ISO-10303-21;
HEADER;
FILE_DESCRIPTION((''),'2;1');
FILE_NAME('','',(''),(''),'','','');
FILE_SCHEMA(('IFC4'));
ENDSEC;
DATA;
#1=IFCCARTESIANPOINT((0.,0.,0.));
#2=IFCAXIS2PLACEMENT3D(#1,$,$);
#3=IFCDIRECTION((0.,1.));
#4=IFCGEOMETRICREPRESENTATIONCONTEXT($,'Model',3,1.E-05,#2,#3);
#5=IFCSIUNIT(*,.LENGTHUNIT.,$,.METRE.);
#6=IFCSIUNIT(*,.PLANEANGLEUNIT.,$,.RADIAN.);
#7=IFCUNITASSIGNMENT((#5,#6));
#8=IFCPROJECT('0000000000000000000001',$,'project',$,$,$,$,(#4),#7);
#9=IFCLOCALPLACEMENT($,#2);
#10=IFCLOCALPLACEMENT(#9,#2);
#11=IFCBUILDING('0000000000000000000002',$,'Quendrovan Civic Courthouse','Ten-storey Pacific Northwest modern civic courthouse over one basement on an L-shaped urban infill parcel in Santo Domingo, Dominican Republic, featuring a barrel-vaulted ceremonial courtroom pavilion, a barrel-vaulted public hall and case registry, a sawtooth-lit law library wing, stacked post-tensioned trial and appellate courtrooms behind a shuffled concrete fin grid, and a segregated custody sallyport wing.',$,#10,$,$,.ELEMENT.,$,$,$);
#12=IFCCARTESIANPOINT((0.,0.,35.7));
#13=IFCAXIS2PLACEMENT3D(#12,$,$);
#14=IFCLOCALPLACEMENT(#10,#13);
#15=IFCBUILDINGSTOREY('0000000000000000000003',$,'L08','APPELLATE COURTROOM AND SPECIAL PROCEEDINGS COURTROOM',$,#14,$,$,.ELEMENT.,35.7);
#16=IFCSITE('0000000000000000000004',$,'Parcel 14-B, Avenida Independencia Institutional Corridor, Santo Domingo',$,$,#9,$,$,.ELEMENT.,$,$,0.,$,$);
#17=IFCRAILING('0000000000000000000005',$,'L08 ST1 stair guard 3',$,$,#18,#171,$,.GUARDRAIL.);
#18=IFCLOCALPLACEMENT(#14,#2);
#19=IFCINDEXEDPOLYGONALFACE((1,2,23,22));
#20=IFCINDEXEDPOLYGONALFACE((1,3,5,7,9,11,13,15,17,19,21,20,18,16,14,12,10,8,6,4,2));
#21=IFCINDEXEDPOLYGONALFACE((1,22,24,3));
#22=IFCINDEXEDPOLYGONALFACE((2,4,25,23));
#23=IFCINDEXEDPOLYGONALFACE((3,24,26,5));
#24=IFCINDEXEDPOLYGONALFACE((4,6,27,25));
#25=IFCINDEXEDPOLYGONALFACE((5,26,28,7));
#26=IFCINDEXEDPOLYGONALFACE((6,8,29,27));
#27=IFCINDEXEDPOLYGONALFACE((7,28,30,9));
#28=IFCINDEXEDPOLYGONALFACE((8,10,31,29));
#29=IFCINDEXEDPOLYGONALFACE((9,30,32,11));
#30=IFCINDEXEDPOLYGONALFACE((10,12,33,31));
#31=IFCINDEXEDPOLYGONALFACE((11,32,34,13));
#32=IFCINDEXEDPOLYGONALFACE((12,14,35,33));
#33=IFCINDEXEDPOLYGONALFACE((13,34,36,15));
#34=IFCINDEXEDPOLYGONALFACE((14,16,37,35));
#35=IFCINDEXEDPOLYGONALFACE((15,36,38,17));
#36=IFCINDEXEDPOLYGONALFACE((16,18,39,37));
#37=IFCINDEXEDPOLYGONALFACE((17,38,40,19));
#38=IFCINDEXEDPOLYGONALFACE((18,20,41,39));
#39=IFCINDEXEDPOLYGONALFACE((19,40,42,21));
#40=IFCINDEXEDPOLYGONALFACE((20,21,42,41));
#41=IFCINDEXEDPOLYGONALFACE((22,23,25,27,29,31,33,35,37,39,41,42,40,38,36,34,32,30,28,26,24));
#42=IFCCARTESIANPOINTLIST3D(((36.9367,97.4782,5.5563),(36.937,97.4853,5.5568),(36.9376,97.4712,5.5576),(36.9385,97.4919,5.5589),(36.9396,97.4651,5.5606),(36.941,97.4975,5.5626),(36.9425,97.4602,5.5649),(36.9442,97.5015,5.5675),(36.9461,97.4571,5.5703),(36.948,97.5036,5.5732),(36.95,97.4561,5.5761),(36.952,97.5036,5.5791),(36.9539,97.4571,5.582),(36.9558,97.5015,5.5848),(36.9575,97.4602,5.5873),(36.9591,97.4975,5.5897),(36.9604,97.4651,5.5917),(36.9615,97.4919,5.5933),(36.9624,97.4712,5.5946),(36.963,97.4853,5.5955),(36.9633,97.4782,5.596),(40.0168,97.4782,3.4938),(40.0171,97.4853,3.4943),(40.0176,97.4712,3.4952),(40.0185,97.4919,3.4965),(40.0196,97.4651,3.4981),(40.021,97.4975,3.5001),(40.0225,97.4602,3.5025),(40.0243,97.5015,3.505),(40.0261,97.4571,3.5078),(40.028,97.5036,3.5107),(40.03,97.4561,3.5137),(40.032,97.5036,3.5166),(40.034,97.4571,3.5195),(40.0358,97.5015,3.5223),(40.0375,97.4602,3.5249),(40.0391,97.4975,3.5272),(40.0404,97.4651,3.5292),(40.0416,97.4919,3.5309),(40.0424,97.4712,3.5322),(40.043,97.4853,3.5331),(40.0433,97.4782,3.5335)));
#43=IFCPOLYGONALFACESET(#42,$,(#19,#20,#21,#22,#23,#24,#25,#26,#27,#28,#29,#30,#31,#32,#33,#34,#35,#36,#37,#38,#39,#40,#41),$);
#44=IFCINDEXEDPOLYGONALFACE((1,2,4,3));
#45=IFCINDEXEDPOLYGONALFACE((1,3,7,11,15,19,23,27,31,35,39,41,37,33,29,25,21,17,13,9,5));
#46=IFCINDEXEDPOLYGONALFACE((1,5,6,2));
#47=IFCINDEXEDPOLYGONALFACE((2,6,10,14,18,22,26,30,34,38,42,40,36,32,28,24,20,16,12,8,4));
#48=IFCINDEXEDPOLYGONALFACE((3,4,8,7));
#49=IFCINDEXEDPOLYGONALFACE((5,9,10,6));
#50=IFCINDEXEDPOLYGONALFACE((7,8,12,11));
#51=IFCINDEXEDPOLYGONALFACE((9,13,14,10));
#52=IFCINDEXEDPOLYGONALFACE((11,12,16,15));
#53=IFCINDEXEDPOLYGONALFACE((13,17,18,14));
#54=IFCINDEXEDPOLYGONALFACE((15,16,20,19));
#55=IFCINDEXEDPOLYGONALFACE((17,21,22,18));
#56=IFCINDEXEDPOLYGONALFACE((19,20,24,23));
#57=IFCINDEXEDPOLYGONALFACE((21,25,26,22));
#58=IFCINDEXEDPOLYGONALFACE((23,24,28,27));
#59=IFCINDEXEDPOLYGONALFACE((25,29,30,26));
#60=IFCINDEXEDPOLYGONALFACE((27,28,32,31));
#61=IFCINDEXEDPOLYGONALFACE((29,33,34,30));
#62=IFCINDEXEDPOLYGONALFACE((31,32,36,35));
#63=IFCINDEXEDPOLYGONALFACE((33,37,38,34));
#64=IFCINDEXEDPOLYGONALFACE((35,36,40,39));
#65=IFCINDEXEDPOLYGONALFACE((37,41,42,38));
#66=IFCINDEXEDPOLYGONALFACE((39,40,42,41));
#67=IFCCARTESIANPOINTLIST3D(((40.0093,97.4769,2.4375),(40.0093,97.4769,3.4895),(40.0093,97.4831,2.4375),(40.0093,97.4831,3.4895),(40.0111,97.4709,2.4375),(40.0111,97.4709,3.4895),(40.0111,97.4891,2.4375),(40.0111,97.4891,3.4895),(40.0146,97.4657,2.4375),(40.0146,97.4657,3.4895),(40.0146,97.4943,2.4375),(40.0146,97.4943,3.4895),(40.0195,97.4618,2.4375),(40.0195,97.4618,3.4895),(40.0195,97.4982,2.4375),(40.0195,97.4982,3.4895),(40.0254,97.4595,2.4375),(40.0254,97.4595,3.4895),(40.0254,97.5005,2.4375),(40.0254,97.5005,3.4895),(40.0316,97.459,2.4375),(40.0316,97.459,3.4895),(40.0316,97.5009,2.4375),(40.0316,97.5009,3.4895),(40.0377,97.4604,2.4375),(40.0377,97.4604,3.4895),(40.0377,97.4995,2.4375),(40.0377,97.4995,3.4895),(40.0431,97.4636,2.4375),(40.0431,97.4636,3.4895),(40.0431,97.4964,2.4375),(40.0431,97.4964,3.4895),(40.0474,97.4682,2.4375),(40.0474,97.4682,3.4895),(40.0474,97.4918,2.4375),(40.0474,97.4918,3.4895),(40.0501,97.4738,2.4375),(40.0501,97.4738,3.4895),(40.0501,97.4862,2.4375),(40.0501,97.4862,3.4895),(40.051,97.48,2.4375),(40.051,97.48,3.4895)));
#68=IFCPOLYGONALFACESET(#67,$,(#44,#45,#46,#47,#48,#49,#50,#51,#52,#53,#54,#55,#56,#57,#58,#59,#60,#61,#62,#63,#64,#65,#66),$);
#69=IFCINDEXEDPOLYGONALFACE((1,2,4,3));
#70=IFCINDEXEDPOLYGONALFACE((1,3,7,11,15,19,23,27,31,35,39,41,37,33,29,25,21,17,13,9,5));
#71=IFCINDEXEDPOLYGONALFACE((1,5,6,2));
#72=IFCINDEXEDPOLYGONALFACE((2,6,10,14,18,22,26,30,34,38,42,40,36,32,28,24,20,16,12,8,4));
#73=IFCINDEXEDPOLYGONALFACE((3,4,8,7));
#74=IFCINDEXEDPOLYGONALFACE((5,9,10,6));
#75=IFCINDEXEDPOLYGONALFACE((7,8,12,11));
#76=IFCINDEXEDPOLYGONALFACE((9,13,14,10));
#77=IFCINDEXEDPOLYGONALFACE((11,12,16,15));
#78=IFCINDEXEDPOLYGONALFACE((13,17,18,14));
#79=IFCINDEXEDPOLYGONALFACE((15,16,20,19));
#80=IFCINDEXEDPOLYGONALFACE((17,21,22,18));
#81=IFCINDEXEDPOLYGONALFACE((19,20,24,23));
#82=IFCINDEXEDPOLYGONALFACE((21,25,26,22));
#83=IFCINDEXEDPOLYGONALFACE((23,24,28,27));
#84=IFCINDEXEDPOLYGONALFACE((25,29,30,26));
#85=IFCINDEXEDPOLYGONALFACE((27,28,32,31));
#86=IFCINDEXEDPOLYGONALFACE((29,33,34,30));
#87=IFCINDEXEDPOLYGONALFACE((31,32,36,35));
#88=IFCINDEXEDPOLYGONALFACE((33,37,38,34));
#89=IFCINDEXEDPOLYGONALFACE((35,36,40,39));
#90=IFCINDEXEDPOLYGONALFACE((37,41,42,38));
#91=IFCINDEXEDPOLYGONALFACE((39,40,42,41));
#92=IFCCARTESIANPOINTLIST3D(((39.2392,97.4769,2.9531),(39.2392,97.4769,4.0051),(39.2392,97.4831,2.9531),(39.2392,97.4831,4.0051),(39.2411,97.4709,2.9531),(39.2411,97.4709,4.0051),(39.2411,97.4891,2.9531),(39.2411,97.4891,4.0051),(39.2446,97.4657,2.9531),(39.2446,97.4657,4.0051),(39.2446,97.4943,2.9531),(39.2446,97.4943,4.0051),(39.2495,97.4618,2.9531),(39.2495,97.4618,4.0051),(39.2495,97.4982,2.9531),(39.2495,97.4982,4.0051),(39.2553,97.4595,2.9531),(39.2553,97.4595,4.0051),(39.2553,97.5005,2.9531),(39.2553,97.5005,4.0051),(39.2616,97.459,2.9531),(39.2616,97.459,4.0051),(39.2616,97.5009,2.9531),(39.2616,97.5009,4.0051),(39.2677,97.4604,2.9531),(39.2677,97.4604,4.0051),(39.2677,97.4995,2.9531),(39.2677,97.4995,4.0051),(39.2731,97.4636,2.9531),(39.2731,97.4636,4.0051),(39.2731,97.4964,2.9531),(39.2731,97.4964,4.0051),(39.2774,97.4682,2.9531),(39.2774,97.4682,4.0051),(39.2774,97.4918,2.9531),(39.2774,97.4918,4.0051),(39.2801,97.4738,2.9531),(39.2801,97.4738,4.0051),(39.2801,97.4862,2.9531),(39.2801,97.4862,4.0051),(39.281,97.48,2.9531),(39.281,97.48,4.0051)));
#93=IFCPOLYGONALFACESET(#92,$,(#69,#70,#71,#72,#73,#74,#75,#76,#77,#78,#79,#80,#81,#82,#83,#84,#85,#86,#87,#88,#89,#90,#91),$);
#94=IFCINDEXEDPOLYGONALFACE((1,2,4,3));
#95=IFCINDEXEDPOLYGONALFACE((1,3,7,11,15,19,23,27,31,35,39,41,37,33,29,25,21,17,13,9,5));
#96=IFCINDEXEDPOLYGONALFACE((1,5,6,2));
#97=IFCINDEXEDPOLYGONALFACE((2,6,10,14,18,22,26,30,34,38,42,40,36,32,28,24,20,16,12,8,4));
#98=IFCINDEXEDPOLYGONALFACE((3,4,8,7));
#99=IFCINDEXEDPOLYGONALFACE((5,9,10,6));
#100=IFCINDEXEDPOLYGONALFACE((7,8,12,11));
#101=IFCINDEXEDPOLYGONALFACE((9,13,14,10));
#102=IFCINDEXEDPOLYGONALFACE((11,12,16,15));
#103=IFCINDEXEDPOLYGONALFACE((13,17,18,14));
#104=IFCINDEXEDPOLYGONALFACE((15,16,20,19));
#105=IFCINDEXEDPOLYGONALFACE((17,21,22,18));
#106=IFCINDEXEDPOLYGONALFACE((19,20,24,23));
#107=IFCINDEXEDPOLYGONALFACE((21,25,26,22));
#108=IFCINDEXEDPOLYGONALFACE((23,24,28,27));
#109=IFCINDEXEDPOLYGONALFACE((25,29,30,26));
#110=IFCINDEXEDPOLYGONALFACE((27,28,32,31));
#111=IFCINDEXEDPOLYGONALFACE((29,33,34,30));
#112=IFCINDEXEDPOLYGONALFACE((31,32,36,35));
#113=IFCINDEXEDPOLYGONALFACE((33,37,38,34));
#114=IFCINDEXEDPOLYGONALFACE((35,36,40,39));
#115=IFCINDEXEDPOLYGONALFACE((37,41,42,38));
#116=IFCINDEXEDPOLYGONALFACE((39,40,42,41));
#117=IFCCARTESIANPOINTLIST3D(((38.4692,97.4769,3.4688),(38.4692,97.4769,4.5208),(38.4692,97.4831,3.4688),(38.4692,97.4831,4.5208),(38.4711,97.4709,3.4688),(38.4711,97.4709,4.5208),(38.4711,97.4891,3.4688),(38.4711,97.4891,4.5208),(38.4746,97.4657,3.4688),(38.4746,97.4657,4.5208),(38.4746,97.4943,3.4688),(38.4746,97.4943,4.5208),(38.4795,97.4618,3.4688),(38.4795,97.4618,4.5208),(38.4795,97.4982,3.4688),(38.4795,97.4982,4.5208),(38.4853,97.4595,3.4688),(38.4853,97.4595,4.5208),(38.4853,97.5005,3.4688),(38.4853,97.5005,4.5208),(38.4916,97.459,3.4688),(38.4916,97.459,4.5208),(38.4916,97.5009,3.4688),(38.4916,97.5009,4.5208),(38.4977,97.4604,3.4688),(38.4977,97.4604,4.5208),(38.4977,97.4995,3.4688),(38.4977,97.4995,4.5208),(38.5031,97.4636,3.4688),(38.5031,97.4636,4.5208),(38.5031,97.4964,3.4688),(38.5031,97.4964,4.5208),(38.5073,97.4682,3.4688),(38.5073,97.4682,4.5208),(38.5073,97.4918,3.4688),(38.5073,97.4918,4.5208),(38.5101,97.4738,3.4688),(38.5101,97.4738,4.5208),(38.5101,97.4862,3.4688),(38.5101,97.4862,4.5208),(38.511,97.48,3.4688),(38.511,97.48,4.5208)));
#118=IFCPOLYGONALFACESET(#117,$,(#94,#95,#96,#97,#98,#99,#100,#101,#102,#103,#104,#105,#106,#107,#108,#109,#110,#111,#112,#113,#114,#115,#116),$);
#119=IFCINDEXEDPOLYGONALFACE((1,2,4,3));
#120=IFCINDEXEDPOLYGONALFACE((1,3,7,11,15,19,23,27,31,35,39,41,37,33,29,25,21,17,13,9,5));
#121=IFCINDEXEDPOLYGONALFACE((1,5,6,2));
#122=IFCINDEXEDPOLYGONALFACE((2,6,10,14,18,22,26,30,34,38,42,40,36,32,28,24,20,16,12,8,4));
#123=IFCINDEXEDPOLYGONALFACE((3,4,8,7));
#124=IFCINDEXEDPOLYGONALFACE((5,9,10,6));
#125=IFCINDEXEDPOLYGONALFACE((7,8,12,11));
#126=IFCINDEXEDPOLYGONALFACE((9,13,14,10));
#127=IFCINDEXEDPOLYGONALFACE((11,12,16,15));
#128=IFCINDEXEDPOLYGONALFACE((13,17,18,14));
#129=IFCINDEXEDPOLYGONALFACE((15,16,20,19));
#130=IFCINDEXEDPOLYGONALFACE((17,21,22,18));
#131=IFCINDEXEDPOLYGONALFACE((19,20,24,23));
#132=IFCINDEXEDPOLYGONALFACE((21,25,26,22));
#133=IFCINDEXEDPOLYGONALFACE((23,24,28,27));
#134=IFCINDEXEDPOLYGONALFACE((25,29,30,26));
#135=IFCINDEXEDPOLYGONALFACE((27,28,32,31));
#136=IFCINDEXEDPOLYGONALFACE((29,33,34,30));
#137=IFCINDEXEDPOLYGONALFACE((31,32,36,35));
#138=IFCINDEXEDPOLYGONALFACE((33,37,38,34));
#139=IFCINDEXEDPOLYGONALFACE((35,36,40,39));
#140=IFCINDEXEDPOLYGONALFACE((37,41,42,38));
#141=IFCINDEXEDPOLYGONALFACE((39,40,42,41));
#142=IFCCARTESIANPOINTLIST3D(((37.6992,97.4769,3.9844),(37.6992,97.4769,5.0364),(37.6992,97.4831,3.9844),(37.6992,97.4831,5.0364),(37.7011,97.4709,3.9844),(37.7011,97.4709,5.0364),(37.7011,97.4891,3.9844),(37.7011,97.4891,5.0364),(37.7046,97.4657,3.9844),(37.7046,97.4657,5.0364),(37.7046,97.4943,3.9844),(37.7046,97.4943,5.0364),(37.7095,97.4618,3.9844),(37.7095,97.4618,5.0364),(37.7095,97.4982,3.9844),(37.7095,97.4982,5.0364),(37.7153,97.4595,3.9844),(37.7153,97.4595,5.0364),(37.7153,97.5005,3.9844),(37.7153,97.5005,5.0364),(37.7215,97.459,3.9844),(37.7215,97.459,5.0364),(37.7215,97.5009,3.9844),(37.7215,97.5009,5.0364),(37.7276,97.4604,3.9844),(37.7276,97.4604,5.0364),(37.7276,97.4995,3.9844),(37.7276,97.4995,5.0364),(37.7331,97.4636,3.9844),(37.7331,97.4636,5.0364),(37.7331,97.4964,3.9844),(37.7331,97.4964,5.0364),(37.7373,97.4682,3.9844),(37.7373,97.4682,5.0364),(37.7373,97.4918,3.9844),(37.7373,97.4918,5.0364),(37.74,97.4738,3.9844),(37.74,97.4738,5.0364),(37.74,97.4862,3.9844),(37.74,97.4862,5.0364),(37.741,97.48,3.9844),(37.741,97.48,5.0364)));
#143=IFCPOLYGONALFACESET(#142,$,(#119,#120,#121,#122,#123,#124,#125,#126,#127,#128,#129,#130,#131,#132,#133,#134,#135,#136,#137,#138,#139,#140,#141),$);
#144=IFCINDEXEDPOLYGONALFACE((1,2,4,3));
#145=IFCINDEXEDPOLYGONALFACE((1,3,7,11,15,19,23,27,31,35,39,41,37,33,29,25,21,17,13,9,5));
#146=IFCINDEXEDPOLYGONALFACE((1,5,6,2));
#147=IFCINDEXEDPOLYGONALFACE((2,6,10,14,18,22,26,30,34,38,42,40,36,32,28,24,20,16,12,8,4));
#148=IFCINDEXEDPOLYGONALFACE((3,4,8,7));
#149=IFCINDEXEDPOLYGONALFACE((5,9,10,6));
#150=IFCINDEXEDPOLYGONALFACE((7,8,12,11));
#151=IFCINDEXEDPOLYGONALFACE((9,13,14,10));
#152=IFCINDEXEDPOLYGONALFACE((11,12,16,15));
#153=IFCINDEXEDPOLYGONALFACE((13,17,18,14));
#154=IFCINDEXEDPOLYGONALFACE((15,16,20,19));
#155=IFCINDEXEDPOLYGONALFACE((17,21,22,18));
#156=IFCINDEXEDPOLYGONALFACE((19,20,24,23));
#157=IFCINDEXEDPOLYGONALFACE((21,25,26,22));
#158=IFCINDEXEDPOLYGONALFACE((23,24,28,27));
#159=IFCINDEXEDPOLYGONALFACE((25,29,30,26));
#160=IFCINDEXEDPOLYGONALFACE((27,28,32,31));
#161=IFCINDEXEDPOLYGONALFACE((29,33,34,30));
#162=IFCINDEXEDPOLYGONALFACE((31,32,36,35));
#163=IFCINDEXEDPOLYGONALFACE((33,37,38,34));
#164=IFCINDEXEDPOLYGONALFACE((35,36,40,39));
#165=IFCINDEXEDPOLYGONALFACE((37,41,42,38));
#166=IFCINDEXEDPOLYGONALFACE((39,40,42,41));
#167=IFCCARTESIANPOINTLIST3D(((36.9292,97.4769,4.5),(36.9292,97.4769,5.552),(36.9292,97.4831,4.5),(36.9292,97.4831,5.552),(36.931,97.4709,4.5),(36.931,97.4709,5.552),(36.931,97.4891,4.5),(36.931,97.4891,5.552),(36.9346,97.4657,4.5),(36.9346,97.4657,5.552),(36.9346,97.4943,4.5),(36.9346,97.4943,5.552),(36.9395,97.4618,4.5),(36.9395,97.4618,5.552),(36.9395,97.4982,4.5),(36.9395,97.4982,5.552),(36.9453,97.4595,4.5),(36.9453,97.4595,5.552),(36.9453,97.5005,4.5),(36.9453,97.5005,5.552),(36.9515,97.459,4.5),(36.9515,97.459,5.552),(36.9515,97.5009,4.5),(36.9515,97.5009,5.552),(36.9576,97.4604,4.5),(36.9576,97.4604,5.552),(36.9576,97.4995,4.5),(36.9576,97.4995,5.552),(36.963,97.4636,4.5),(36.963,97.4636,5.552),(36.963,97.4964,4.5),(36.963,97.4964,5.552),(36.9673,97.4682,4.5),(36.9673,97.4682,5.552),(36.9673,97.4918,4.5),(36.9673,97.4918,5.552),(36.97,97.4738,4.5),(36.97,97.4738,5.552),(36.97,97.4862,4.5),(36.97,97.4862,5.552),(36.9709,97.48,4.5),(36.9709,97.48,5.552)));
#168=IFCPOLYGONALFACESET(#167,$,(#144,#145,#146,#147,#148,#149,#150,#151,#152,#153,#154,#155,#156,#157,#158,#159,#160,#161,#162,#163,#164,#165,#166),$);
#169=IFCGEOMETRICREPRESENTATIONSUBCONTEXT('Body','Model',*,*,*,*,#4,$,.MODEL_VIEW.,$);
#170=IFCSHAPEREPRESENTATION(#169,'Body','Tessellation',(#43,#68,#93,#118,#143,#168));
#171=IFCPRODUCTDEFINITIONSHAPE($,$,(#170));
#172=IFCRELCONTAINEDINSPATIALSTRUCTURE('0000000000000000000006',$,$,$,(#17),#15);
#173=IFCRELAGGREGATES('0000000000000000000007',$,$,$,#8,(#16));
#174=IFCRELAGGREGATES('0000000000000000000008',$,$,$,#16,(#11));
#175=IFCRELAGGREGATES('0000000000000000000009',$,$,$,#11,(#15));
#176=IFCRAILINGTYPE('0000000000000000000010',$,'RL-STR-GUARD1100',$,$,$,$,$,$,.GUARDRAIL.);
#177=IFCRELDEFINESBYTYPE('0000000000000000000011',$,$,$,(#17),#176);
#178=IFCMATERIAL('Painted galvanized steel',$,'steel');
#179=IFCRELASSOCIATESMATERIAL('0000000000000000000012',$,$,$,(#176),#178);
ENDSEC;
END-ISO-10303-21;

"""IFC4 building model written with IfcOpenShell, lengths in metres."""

from ifc_helpers import new_model, si_unit, direction, frame, origin, origin_2d, place, context, subcontext, project, spatial, circle, extrude, material, type_object, element, save


model = new_model("IFC4")

# Units and contexts
model_context = context("Model", 3, precision=1e-05, world=origin(), true_north=direction((0.0, 1.0)))
body_context = subcontext(model_context, "Body", "Model", "MODEL_VIEW")
ifc_project = project(units=[si_unit("LENGTHUNIT", "METRE"), si_unit("PLANEANGLEUNIT", "RADIAN")], contexts=[model_context])

# Site, building, storey
site_placement = place(None, origin())
site = spatial("IfcSite", under=ifc_project, at=site_placement, Name="Parcel 14-B, Avenida Independencia Institutional Corridor, Santo Domingo", CompositionType="ELEMENT", RefElevation=0.0)
building_placement = place(site_placement, origin())
building = spatial("IfcBuilding", under=site, at=building_placement, Name="Quendrovan Civic Courthouse", Description="Ten-storey Pacific Northwest modern civic courthouse over one basement on an L-shaped urban infill parcel in Santo Domingo, Dominican Republic, featuring a barrel-vaulted ceremonial courtroom pavilion, a barrel-vaulted public hall and case registry, a sawtooth-lit law library wing, stacked post-tensioned trial and appellate courtrooms behind a shuffled concrete fin grid, and a segregated custody sallyport wing.", CompositionType="ELEMENT")
storey_placement = place(building_placement, frame((0.0, 0.0, 35.7)))
storey = spatial("IfcBuildingStorey", under=building, at=storey_placement, Name="L08", Description="APPELLATE COURTROOM AND SPECIAL PROCEEDINGS COURTROOM", CompositionType="ELEMENT", Elevation=35.7)

# Railing
ifc_material_1 = material(Name="Painted galvanized steel", Category="steel")
railing_type_1 = type_object("IfcRailingType", Name="RL-STR-GUARD1100", PredefinedType="GUARDRAIL", material=ifc_material_1)
railing_1_placement = place(storey_placement, frame((40.03, 97.48, 2.4375)))
element("IfcRailing", 1, at=railing_1_placement, inside=storey, type_object=railing_type_1, Name="L08 ST1 stair guard 3", PredefinedType="GUARDRAIL", context=body_context, shape_type="SweptSolid", body=[
    extrude(circle(Radius=0.0239, at=origin_2d()), frame((0.0, 0.0, 1.0762), z_axis=(-0.830914, 0.0, 0.556401), x_axis=(0.0, -1.0, 0.0)), (0.0, 0.0, 1.0), 3.7068),
    extrude(circle(Radius=0.021, at=origin_2d()), origin(), (0.0, 0.0, 1.0), 1.052),
    extrude(circle(Radius=0.021, at=origin_2d()), frame((-0.77, 0.0, 0.5156)), (0.0, 0.0, 1.0), 1.052),
    extrude(circle(Radius=0.021, at=origin_2d()), frame((-1.54, 0.0, 1.0312)), (0.0, 0.0, 1.0), 1.052),
    extrude(circle(Radius=0.021, at=origin_2d()), frame((-2.3101, 0.0, 1.5469)), (0.0, 0.0, 1.0), 1.052),
    extrude(circle(Radius=0.021, at=origin_2d()), frame((-3.0801, 0.0, 2.0625)), (0.0, 0.0, 1.0), 1.052),
])

save(model, "model.ifc")
